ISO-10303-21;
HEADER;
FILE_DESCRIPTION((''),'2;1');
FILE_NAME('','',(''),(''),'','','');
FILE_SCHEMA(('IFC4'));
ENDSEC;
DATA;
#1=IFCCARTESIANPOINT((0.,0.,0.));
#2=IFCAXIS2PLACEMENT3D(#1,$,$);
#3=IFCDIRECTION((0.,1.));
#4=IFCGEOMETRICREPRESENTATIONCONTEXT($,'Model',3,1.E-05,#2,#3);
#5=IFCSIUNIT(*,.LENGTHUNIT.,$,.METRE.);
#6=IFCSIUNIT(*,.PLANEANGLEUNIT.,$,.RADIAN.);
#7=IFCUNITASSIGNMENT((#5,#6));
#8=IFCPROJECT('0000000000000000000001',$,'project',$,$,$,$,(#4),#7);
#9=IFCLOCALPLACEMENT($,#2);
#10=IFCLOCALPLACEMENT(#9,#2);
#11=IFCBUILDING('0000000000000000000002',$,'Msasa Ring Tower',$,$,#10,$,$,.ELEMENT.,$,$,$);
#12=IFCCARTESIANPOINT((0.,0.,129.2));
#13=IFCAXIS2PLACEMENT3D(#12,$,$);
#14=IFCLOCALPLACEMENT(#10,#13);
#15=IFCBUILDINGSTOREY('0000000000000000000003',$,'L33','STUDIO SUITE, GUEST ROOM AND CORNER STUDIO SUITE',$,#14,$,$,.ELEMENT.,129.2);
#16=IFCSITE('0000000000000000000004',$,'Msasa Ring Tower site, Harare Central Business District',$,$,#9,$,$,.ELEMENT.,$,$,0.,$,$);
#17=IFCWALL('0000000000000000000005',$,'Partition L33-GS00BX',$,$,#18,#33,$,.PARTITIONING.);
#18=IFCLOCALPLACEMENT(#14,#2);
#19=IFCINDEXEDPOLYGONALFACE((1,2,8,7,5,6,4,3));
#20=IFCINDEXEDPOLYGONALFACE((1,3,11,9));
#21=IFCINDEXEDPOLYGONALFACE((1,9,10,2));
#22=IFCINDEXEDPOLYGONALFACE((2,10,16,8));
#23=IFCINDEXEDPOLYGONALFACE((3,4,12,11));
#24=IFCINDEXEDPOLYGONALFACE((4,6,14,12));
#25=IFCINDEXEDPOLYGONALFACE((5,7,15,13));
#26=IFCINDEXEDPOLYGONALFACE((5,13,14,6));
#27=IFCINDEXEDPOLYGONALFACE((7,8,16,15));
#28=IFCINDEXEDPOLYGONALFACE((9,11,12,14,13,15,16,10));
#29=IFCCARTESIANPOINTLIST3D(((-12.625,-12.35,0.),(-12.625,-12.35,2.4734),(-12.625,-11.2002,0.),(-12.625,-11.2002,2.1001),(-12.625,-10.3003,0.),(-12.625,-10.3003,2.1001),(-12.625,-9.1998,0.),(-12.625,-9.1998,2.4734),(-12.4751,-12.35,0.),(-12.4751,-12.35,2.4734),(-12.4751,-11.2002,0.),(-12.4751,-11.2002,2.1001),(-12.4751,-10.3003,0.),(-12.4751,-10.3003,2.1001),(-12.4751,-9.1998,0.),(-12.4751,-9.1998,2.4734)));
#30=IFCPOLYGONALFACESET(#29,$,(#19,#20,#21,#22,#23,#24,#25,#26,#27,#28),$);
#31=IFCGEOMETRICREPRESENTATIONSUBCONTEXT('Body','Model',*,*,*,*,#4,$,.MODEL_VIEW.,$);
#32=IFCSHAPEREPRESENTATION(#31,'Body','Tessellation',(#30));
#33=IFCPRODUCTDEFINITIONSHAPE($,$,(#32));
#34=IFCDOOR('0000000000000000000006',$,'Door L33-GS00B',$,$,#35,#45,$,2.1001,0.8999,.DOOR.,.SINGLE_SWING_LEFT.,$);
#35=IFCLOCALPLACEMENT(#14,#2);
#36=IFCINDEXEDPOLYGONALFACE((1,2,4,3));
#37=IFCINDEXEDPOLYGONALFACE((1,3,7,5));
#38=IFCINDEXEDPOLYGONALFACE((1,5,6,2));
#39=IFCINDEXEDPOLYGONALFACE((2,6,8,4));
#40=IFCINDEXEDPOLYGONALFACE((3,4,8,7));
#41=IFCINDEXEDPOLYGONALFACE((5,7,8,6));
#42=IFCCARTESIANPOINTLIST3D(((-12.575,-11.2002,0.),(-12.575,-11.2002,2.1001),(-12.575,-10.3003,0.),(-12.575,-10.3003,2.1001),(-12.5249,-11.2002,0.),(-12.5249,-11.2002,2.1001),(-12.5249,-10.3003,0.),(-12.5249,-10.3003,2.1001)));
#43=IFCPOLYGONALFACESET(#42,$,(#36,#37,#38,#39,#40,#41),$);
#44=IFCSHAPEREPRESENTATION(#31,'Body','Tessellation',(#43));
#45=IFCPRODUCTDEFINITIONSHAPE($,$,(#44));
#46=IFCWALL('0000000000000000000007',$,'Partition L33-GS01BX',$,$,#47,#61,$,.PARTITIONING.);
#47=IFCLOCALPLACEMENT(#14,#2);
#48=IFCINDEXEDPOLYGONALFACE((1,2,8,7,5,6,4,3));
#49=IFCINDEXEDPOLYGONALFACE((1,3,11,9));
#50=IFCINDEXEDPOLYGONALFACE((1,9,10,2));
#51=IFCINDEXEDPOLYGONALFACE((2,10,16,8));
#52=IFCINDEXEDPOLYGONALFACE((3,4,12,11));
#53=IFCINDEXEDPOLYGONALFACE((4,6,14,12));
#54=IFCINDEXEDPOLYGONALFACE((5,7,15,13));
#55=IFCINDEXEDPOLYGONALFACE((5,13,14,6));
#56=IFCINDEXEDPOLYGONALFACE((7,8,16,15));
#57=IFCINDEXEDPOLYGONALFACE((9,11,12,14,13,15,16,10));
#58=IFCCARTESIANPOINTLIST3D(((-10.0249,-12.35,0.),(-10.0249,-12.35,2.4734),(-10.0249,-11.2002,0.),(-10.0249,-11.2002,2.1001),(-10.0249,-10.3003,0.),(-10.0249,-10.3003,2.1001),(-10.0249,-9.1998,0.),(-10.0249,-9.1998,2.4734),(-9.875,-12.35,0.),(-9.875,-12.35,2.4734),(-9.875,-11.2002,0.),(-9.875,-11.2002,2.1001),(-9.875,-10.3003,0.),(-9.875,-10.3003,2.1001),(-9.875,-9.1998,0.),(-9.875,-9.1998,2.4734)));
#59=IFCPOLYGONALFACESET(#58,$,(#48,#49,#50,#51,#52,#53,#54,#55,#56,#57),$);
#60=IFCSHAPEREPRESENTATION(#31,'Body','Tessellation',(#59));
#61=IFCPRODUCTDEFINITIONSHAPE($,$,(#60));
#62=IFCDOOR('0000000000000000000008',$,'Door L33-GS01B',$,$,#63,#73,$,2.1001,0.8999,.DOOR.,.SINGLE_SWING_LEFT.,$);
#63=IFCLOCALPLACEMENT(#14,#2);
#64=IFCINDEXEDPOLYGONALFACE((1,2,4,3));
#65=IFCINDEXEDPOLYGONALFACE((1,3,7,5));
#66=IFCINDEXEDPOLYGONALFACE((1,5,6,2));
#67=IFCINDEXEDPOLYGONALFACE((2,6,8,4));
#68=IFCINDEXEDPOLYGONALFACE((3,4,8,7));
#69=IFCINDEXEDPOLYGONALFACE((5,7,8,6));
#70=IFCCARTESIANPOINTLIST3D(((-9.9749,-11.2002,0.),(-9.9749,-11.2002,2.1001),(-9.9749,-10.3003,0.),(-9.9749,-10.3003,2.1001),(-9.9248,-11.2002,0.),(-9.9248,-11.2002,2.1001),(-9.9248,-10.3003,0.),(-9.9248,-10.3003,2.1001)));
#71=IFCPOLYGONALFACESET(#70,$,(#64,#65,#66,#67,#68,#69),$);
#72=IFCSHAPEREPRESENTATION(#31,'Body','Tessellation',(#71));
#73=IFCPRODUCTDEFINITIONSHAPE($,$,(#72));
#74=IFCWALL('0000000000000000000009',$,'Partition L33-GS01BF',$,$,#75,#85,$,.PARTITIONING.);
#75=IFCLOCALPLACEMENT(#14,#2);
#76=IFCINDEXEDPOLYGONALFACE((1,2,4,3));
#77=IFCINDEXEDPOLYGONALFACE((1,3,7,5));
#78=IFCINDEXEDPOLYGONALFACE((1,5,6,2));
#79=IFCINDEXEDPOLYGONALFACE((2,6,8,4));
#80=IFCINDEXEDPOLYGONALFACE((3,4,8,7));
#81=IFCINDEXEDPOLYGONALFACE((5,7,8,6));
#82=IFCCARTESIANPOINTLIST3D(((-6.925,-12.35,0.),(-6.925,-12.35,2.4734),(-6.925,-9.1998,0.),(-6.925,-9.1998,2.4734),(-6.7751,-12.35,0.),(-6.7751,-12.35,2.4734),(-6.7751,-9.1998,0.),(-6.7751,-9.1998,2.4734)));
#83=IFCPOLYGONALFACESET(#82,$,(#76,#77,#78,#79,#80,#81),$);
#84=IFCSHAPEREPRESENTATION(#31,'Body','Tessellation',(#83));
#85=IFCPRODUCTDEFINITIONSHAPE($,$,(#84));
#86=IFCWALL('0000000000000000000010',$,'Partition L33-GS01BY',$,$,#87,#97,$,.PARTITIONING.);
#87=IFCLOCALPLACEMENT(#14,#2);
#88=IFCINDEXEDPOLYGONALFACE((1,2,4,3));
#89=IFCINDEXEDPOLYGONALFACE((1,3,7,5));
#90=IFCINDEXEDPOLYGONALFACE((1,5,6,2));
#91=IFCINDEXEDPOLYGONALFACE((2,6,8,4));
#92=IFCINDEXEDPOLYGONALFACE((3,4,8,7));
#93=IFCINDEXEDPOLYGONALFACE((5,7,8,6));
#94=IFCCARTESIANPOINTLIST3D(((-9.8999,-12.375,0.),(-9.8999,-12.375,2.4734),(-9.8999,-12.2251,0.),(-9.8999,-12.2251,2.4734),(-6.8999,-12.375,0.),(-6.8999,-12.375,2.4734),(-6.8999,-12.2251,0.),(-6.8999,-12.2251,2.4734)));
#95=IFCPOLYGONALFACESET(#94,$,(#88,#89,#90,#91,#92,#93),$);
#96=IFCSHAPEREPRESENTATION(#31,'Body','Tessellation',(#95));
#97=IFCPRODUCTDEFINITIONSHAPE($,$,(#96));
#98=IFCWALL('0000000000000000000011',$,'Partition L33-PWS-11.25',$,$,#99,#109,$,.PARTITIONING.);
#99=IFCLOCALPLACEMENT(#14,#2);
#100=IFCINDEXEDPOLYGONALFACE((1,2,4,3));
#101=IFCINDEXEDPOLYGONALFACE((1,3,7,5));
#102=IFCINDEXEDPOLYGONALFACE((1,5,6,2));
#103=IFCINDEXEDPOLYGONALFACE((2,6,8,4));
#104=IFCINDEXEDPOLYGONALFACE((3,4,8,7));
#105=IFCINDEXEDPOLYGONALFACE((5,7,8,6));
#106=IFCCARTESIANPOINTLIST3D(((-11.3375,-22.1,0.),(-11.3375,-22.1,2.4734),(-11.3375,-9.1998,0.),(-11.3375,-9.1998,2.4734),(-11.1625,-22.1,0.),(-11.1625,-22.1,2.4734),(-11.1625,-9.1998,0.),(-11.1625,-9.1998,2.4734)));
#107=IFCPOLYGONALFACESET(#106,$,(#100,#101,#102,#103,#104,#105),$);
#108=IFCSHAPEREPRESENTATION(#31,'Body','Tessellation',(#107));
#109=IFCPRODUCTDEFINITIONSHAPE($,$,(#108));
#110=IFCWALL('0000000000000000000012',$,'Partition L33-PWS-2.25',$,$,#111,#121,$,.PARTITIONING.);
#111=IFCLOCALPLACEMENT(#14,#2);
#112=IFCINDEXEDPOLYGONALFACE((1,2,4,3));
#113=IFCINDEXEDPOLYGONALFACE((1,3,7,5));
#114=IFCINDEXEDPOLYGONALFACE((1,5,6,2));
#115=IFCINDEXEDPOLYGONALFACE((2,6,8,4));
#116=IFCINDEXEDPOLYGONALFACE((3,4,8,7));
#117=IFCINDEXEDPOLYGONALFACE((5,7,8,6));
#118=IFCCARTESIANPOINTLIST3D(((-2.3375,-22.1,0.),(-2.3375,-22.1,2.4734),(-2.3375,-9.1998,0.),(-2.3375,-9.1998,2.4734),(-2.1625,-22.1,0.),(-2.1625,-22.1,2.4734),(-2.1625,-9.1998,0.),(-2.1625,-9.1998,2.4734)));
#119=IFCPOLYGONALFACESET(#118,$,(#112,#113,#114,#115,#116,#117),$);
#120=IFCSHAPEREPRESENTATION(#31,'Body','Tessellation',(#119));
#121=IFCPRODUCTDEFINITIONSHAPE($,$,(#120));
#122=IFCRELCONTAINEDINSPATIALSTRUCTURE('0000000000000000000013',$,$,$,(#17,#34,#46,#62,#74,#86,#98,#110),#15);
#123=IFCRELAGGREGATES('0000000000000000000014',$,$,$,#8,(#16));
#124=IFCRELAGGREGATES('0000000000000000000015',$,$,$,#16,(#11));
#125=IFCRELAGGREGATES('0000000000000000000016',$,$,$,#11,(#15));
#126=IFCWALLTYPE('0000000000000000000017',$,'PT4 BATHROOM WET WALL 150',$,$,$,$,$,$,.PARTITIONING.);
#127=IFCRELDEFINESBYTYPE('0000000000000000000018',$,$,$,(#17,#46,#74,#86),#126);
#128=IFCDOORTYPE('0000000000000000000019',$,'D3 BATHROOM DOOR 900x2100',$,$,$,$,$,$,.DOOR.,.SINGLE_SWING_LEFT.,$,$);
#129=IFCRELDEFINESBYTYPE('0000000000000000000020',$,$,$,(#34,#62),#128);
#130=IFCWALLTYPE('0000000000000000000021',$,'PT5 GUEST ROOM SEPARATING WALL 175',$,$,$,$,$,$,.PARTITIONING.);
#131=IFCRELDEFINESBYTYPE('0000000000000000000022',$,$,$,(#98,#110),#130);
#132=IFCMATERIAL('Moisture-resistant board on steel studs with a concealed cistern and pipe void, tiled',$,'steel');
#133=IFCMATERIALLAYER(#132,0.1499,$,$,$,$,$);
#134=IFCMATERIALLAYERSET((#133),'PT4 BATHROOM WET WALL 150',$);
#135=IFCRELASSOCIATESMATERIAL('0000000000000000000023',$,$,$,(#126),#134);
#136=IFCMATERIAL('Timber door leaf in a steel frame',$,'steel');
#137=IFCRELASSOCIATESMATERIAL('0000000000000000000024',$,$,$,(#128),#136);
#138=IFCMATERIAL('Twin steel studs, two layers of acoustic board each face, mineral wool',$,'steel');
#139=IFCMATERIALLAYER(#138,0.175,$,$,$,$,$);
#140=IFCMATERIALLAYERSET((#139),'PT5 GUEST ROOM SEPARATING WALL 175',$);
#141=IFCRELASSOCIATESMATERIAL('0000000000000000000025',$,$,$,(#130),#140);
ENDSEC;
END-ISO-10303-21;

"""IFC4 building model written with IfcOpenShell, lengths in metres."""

from ifc_helpers import new_model, si_unit, direction, frame, frame_2d, origin, place, context, subcontext, project, spatial, rectangle, extrude, material, layer, layer_set, type_object, element, fill, save


model = new_model("IFC4")

# Units and contexts
model_context = context("Model", 3, precision=1e-05, world=origin(), true_north=direction((0.0, 1.0)))
body_context = subcontext(model_context, "Body", "Model", "MODEL_VIEW")
ifc_project = project(units=[si_unit("LENGTHUNIT", "METRE"), si_unit("PLANEANGLEUNIT", "RADIAN")], contexts=[model_context])

# Site, building, storey
site_placement = place(None, origin())
site = spatial("IfcSite", under=ifc_project, at=site_placement, Name="Msasa Ring Tower site, Harare Central Business District", CompositionType="ELEMENT", RefElevation=0.0)
building_placement = place(site_placement, origin())
building = spatial("IfcBuilding", under=site, at=building_placement, Name="Msasa Ring Tower", CompositionType="ELEMENT")
storey_placement = place(building_placement, frame((0.0, 0.0, 129.2)))
storey = spatial("IfcBuildingStorey", under=building, at=storey_placement, Name="L33", Description="STUDIO SUITE, GUEST ROOM AND CORNER STUDIO SUITE", CompositionType="ELEMENT", Elevation=129.2)

# Walls, openings, doors
ifc_material_1 = material(Name="Moisture-resistant board on steel studs with a concealed cistern and pipe void, tiled", Category="steel")
ifc_layer_1 = layer(ifc_material_1, 0.1499)
ifc_layer_set_1 = layer_set([ifc_layer_1], Name="PT4 BATHROOM WET WALL 150")
wall_type_1 = type_object("IfcWallType", Name="PT4 BATHROOM WET WALL 150", PredefinedType="PARTITIONING", material=ifc_layer_set_1)
wall_1_placement = place(storey_placement, frame((-12.55, -12.3501, 0.0), z_axis=(0.0, 0.0, 1.0), x_axis=(0.0, 1.0, 0.0)))
wall_1 = element("IfcWall", 1, at=wall_1_placement, inside=storey, type_object=wall_type_1, Name="Partition L33-GS00BX", PredefinedType="PARTITIONING", context=body_context, shape_type="SweptSolid", body=[
    extrude(rectangle(XDim=3.1501, YDim=0.1499, at=frame_2d((1.5752, 0.0))), origin(), (0.0, 0.0, 1.0), 2.4734),
])
opening_1_placement = place(wall_1_placement, frame((1.1499, 0.0, 0.0)))
opening_1 = element("IfcOpeningElement", 2, at=opening_1_placement, cuts=wall_1, PredefinedType="OPENING", context=body_context, shape_type="SweptSolid", body=[
    extrude(rectangle(XDim=0.8999, YDim=2.1001, at=frame_2d((0.45, 1.05))), frame((0.0, 0.085, 0.0), z_axis=(0.0, -1.0, 0.0), x_axis=(1.0, 0.0, 0.0)), (0.0, 0.0, 1.0), 0.1699),
])
ifc_material_2 = material(Name="Timber door leaf in a steel frame", Category="steel")
door_type = type_object("IfcDoorType", Name="D3 BATHROOM DOOR 900x2100", OperationType="SINGLE_SWING_LEFT", PredefinedType="DOOR", material=ifc_material_2)
door_1_placement = place(opening_1_placement, origin())
door_1 = element("IfcDoor", 3, at=door_1_placement, inside=storey, type_object=door_type, Name="Door L33-GS00B", OperationType="SINGLE_SWING_LEFT", OverallHeight=2.1001, OverallWidth=0.8999, PredefinedType="DOOR", context=body_context, shape_type="SweptSolid", body=[
    extrude(rectangle(XDim=0.8999, YDim=2.1001, at=frame_2d((0.45, 1.05))), frame((0.0, 0.0249, 0.0), z_axis=(0.0, -1.0, 0.0), x_axis=(1.0, 0.0, 0.0)), (0.0, 0.0, 1.0), 0.05),
])
fill(opening_1, door_1)
wall_2_placement = place(storey_placement, frame((-9.95, -12.3501, 0.0), z_axis=(0.0, 0.0, 1.0), x_axis=(0.0, 1.0, 0.0)))
wall_2 = element("IfcWall", 4, at=wall_2_placement, inside=storey, type_object=wall_type_1, Name="Partition L33-GS01BX", PredefinedType="PARTITIONING", context=body_context, shape_type="SweptSolid", body=[
    extrude(rectangle(XDim=3.1501, YDim=0.1499, at=frame_2d((1.5752, 0.0))), origin(), (0.0, 0.0, 1.0), 2.4734),
])
opening_2_placement = place(wall_2_placement, frame((1.1499, 0.0, 0.0)))
opening_2 = element("IfcOpeningElement", 5, at=opening_2_placement, cuts=wall_2, PredefinedType="OPENING", context=body_context, shape_type="SweptSolid", body=[
    extrude(rectangle(XDim=0.8999, YDim=2.1001, at=frame_2d((0.45, 1.05))), frame((0.0, 0.085, 0.0), z_axis=(0.0, -1.0, 0.0), x_axis=(1.0, 0.0, 0.0)), (0.0, 0.0, 1.0), 0.1699),
])
door_2_placement = place(opening_2_placement, origin())
door_2 = element("IfcDoor", 6, at=door_2_placement, inside=storey, type_object=door_type, Name="Door L33-GS01B", OperationType="SINGLE_SWING_LEFT", OverallHeight=2.1001, OverallWidth=0.8999, PredefinedType="DOOR", context=body_context, shape_type="SweptSolid", body=[
    extrude(rectangle(XDim=0.8999, YDim=2.1001, at=frame_2d((0.45, 1.05))), frame((0.0, 0.0249, 0.0), z_axis=(0.0, -1.0, 0.0), x_axis=(1.0, 0.0, 0.0)), (0.0, 0.0, 1.0), 0.05),
])
fill(opening_2, door_2)

# Walls
wall_3_placement = place(storey_placement, frame((-6.8501, -12.3501, 0.0), z_axis=(0.0, 0.0, 1.0), x_axis=(0.0, 1.0, 0.0)))
element("IfcWall", 7, at=wall_3_placement, inside=storey, type_object=wall_type_1, Name="Partition L33-GS01BF", PredefinedType="PARTITIONING", context=body_context, shape_type="SweptSolid", body=[
    extrude(rectangle(XDim=3.1501, YDim=0.1499, at=frame_2d((1.5752, 0.0))), origin(), (0.0, 0.0, 1.0), 2.4734),
])
wall_4_placement = place(storey_placement, frame((-9.8999, -12.3, 0.0), z_axis=(0.0, 0.0, 1.0), x_axis=(1.0, 0.0, 0.0)))
element("IfcWall", 8, at=wall_4_placement, inside=storey, type_object=wall_type_1, Name="Partition L33-GS01BY", PredefinedType="PARTITIONING", context=body_context, shape_type="SweptSolid", body=[
    extrude(rectangle(XDim=3.0, YDim=0.1499, at=frame_2d((1.5, 0.0))), origin(), (0.0, 0.0, 1.0), 2.4734),
])
ifc_material_3 = material(Name="Twin steel studs, two layers of acoustic board each face, mineral wool", Category="steel")
ifc_layer_2 = layer(ifc_material_3, 0.175)
ifc_layer_set_2 = layer_set([ifc_layer_2], Name="PT5 GUEST ROOM SEPARATING WALL 175")
wall_type_2 = type_object("IfcWallType", Name="PT5 GUEST ROOM SEPARATING WALL 175", PredefinedType="PARTITIONING", material=ifc_layer_set_2)
for number, where, z_axis, x_axis, name in (
    (9, (-11.25, -22.1001, 0.0), (0.0, 0.0, 1.0), (0.0, 1.0, 0.0), "Partition L33-PWS-11.25"),
    (10, (-2.25, -22.1001, 0.0), (0.0, 0.0, 1.0), (0.0, 1.0, 0.0), "Partition L33-PWS-2.25"),
):
    element("IfcWall", number, at=place(storey_placement, frame(where, z_axis=z_axis, x_axis=x_axis)), inside=storey, type_object=wall_type_2, Name=name, PredefinedType="PARTITIONING", context=body_context, shape_type="SweptSolid", body=[
        extrude(rectangle(XDim=12.9001, YDim=0.175, at=frame_2d((6.4502, 0.0))), origin(), (0.0, 0.0, 1.0), 2.4734),
    ])

save(model, "model.ifc")
